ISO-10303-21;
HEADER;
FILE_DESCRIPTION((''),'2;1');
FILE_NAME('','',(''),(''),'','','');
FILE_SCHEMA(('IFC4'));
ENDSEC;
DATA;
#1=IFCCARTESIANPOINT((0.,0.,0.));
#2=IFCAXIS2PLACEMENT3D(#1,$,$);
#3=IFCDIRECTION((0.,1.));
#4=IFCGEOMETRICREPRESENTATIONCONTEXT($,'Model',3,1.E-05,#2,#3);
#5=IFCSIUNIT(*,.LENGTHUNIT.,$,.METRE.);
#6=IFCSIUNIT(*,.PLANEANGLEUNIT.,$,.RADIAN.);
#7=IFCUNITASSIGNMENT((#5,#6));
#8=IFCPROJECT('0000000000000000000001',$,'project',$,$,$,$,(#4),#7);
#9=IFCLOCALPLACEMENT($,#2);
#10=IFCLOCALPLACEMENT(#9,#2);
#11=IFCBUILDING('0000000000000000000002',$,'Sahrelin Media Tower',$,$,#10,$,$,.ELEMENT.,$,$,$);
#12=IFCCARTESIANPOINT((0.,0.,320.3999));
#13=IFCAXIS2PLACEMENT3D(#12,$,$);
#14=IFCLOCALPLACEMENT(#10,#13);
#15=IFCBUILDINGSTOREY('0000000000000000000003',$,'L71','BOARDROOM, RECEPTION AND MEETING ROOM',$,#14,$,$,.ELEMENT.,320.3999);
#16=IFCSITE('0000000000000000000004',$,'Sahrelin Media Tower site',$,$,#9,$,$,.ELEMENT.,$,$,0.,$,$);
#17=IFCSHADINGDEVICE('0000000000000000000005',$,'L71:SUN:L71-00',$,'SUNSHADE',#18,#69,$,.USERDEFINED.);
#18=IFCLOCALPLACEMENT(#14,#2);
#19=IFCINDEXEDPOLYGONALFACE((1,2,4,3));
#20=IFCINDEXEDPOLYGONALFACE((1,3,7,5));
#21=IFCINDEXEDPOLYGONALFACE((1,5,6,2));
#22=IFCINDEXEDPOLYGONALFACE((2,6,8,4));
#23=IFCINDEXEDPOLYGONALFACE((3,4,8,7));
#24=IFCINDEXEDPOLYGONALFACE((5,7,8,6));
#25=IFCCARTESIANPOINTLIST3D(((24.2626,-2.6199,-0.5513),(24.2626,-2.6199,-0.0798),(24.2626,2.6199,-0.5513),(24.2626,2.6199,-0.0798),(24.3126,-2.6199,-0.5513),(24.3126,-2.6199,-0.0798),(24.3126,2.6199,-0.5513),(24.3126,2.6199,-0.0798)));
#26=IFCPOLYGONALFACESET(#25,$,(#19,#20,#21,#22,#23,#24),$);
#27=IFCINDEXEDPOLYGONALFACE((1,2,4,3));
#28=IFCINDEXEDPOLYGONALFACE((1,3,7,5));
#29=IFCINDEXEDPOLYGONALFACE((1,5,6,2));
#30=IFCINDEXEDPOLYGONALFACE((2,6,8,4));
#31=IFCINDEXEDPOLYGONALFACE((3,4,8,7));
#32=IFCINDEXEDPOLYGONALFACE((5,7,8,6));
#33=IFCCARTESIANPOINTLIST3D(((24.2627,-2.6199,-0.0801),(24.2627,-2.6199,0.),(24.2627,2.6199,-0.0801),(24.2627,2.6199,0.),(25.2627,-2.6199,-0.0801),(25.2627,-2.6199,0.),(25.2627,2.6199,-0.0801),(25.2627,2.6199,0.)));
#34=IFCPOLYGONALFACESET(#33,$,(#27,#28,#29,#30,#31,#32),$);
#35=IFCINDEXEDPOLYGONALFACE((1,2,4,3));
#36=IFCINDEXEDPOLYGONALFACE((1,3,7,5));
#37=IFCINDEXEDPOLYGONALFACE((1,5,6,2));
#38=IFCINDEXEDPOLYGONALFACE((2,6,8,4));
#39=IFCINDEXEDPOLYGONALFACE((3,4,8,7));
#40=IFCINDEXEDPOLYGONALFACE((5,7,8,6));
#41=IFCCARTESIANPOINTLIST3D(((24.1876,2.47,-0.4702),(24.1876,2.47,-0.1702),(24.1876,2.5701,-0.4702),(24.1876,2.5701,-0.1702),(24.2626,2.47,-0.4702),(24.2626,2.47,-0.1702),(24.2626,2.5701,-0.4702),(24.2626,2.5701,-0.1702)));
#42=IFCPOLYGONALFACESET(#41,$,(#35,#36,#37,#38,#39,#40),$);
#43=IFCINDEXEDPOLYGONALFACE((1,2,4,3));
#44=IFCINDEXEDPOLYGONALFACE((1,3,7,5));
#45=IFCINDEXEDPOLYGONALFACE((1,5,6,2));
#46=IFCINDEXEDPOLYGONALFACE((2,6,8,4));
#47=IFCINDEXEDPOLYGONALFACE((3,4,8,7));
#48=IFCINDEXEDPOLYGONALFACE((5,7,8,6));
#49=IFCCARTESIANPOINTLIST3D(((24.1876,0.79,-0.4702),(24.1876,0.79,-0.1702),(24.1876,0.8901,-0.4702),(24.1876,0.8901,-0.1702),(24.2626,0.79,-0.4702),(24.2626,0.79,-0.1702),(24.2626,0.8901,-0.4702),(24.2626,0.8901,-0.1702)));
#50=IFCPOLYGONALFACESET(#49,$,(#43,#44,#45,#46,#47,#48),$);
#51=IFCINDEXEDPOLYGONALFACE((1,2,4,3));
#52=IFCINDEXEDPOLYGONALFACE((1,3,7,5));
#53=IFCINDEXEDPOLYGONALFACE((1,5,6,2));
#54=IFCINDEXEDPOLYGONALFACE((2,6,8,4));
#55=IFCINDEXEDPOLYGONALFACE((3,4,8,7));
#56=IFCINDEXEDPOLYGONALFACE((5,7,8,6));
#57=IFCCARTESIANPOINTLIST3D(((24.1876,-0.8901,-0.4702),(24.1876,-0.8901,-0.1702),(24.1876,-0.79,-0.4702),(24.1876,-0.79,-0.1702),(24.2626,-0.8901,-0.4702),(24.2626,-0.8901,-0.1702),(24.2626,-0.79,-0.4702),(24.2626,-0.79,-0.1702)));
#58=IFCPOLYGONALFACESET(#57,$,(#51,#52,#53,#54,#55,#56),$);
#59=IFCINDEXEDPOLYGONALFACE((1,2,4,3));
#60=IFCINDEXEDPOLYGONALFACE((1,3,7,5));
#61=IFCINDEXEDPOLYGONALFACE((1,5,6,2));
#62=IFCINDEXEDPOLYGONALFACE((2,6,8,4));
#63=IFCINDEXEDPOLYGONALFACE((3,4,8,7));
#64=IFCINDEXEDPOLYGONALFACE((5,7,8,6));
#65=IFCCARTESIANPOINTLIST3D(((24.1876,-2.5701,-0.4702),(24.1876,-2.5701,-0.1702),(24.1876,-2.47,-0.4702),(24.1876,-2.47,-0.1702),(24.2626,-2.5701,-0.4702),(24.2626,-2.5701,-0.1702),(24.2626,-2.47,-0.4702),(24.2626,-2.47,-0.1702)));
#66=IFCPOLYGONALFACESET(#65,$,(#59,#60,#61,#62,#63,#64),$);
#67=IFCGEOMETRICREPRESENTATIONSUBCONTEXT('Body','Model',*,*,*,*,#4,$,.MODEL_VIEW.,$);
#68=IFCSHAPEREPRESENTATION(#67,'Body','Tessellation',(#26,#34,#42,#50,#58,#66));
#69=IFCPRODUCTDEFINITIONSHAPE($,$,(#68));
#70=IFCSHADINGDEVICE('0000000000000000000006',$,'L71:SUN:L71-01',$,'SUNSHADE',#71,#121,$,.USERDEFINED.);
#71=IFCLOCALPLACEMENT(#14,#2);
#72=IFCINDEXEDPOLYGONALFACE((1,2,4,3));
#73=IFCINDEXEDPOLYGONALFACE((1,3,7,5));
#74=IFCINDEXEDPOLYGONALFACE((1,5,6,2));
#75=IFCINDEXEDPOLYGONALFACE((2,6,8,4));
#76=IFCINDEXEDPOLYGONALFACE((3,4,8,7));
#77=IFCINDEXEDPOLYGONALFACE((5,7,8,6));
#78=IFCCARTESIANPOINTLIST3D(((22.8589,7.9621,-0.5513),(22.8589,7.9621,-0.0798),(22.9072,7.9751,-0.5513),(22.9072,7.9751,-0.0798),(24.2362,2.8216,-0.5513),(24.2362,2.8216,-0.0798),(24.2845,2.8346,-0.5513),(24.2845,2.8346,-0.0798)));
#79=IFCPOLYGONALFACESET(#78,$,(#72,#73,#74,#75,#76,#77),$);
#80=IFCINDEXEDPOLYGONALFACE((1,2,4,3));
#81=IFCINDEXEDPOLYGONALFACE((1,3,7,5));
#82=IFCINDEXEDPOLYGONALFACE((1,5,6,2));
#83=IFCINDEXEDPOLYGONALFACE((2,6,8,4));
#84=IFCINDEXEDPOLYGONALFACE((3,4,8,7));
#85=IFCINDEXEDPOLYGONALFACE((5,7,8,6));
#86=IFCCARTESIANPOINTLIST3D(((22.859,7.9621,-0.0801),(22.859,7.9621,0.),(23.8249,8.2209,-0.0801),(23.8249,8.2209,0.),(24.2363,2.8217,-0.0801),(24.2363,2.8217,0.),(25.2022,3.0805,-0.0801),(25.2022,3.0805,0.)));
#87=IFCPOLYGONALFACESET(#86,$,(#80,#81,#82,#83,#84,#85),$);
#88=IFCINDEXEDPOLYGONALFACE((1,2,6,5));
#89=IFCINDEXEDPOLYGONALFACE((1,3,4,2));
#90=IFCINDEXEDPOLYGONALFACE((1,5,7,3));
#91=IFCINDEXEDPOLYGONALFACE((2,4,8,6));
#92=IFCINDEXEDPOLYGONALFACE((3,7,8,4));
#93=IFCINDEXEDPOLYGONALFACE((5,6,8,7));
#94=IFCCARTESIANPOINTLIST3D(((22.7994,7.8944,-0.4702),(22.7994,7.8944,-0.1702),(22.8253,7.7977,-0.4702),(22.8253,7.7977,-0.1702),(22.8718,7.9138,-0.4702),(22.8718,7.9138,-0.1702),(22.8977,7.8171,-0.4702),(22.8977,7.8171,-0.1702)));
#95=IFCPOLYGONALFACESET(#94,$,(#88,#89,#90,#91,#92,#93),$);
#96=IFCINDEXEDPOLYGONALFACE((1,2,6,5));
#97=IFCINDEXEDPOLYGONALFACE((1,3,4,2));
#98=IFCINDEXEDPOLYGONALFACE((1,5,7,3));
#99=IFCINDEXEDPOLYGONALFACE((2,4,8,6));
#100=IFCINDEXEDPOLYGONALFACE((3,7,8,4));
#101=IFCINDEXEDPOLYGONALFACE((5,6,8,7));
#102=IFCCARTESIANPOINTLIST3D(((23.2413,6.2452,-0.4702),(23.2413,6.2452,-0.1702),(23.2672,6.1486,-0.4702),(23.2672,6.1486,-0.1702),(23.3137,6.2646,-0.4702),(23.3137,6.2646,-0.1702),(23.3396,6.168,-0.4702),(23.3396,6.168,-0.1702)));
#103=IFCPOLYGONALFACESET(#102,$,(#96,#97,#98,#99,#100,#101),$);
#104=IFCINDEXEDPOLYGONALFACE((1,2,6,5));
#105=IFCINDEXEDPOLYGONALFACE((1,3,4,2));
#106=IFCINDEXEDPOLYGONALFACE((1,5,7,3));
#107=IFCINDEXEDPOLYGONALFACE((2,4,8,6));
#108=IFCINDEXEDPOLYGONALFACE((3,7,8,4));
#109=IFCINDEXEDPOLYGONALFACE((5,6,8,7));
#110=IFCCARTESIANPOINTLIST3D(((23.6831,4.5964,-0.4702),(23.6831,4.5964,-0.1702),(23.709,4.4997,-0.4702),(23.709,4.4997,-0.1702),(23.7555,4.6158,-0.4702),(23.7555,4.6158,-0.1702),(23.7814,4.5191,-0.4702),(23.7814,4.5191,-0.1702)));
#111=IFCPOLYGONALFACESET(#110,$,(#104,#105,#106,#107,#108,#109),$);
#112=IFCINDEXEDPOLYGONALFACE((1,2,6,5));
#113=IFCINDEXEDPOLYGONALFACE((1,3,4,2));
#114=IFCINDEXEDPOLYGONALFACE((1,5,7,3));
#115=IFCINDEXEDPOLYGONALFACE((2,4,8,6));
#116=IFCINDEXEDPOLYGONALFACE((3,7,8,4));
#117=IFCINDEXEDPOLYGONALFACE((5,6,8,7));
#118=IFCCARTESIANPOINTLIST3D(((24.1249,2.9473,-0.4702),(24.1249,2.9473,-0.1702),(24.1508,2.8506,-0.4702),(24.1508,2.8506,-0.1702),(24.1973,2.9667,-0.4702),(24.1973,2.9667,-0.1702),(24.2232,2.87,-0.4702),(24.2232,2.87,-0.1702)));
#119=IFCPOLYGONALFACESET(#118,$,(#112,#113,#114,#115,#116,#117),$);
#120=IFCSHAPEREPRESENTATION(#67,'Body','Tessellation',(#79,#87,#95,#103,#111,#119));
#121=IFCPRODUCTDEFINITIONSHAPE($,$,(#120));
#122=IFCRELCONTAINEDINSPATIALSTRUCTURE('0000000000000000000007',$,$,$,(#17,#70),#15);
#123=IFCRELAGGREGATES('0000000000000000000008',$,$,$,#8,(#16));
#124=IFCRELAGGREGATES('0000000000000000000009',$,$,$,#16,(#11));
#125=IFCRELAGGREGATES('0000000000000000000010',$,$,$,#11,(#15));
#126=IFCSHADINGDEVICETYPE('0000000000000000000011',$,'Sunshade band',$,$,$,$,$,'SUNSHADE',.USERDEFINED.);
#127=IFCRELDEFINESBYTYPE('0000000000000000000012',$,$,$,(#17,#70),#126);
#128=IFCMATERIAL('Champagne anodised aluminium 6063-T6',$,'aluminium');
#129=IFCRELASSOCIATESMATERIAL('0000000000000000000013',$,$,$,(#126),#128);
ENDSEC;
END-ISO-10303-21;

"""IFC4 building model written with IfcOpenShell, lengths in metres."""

from ifc_helpers import new_model, si_unit, direction, frame, origin, origin_2d, place, context, subcontext, project, spatial, rectangle, extrude, material, type_object, element, save


model = new_model("IFC4")

# Units and contexts
model_context = context("Model", 3, precision=1e-05, world=origin(), true_north=direction((0.0, 1.0)))
body_context = subcontext(model_context, "Body", "Model", "MODEL_VIEW")
ifc_project = project(units=[si_unit("LENGTHUNIT", "METRE"), si_unit("PLANEANGLEUNIT", "RADIAN")], contexts=[model_context])

# Site, building, storey
site_placement = place(None, origin())
site = spatial("IfcSite", under=ifc_project, at=site_placement, Name="Sahrelin Media Tower site", CompositionType="ELEMENT", RefElevation=0.0)
building_placement = place(site_placement, origin())
building = spatial("IfcBuilding", under=site, at=building_placement, Name="Sahrelin Media Tower", CompositionType="ELEMENT")
storey_placement = place(building_placement, frame((0.0, 0.0, 320.3999)))
storey = spatial("IfcBuildingStorey", under=building, at=storey_placement, Name="L71", Description="BOARDROOM, RECEPTION AND MEETING ROOM", CompositionType="ELEMENT", Elevation=320.3999)

# Shared definitions
ifc_material_1 = material(Name="Champagne anodised aluminium 6063-T6", Category="aluminium")

# Shading devices
placement_1 = place(storey_placement, frame((24.2427, 0.0, 0.0), z_axis=(0.0, 0.0, 1.0), x_axis=(0.0, -1.0, 0.0)))
placement_2 = place(storey_placement, frame((23.5283, 5.3867, 0.0), z_axis=(0.0, 0.0, 1.0), x_axis=(0.258808, -0.965929, 0.0)))
shading_device_type_1 = type_object("IfcShadingDeviceType", Name="Sunshade band", ElementType="SUNSHADE", PredefinedType="USERDEFINED", material=ifc_material_1)
element("IfcShadingDevice", 1, at=placement_1, inside=storey, type_object=shading_device_type_1, Name="L71:SUN:L71-00", ObjectType="SUNSHADE", PredefinedType="USERDEFINED", context=body_context, shape_type="SweptSolid", body=[
    extrude(rectangle(XDim=5.2397, YDim=0.05, at=origin_2d()), frame((0.0, 0.0449, -0.5513)), (0.0, 0.0, 1.0), 0.4714),
    extrude(rectangle(XDim=5.2397, YDim=1.0, at=origin_2d()), frame((0.0, 0.52, -0.0801)), (0.0, 0.0, 1.0), 0.0801),
    extrude(rectangle(XDim=0.1001, YDim=0.075, at=origin_2d()), frame((-2.52, -0.0176, -0.4702)), (0.0, 0.0, 1.0), 0.3),
    extrude(rectangle(XDim=0.1001, YDim=0.075, at=origin_2d()), frame((-0.8401, -0.0176, -0.4702)), (0.0, 0.0, 1.0), 0.3),
    extrude(rectangle(XDim=0.1001, YDim=0.075, at=origin_2d()), frame((0.8401, -0.0176, -0.4702)), (0.0, 0.0, 1.0), 0.3),
    extrude(rectangle(XDim=0.1001, YDim=0.075, at=origin_2d()), frame((2.52, -0.0176, -0.4702)), (0.0, 0.0, 1.0), 0.3),
])
element("IfcShadingDevice", 2, at=placement_2, inside=storey, type_object=shading_device_type_1, Name="L71:SUN:L71-01", ObjectType="SUNSHADE", PredefinedType="USERDEFINED", context=body_context, shape_type="SweptSolid", body=[
    extrude(rectangle(XDim=5.3218, YDim=0.05, at=origin_2d()), frame((0.0, 0.0449, -0.5513)), (0.0, 0.0, 1.0), 0.4714),
    extrude(rectangle(XDim=5.3218, YDim=1.0, at=origin_2d()), frame((0.0, 0.52, -0.0801)), (0.0, 0.0, 1.0), 0.0801),
    extrude(rectangle(XDim=0.1001, YDim=0.075, at=origin_2d()), frame((-2.5608, -0.0176, -0.4702)), (0.0, 0.0, 1.0), 0.3),
    extrude(rectangle(XDim=0.1001, YDim=0.075, at=origin_2d()), frame((-0.8535, -0.0176, -0.4702)), (0.0, 0.0, 1.0), 0.3),
    extrude(rectangle(XDim=0.1001, YDim=0.075, at=origin_2d()), frame((0.8535, -0.0176, -0.4702)), (0.0, 0.0, 1.0), 0.3),
    extrude(rectangle(XDim=0.1001, YDim=0.075, at=origin_2d()), frame((2.5608, -0.0176, -0.4702)), (0.0, 0.0, 1.0), 0.3),
])

save(model, "model.ifc")
